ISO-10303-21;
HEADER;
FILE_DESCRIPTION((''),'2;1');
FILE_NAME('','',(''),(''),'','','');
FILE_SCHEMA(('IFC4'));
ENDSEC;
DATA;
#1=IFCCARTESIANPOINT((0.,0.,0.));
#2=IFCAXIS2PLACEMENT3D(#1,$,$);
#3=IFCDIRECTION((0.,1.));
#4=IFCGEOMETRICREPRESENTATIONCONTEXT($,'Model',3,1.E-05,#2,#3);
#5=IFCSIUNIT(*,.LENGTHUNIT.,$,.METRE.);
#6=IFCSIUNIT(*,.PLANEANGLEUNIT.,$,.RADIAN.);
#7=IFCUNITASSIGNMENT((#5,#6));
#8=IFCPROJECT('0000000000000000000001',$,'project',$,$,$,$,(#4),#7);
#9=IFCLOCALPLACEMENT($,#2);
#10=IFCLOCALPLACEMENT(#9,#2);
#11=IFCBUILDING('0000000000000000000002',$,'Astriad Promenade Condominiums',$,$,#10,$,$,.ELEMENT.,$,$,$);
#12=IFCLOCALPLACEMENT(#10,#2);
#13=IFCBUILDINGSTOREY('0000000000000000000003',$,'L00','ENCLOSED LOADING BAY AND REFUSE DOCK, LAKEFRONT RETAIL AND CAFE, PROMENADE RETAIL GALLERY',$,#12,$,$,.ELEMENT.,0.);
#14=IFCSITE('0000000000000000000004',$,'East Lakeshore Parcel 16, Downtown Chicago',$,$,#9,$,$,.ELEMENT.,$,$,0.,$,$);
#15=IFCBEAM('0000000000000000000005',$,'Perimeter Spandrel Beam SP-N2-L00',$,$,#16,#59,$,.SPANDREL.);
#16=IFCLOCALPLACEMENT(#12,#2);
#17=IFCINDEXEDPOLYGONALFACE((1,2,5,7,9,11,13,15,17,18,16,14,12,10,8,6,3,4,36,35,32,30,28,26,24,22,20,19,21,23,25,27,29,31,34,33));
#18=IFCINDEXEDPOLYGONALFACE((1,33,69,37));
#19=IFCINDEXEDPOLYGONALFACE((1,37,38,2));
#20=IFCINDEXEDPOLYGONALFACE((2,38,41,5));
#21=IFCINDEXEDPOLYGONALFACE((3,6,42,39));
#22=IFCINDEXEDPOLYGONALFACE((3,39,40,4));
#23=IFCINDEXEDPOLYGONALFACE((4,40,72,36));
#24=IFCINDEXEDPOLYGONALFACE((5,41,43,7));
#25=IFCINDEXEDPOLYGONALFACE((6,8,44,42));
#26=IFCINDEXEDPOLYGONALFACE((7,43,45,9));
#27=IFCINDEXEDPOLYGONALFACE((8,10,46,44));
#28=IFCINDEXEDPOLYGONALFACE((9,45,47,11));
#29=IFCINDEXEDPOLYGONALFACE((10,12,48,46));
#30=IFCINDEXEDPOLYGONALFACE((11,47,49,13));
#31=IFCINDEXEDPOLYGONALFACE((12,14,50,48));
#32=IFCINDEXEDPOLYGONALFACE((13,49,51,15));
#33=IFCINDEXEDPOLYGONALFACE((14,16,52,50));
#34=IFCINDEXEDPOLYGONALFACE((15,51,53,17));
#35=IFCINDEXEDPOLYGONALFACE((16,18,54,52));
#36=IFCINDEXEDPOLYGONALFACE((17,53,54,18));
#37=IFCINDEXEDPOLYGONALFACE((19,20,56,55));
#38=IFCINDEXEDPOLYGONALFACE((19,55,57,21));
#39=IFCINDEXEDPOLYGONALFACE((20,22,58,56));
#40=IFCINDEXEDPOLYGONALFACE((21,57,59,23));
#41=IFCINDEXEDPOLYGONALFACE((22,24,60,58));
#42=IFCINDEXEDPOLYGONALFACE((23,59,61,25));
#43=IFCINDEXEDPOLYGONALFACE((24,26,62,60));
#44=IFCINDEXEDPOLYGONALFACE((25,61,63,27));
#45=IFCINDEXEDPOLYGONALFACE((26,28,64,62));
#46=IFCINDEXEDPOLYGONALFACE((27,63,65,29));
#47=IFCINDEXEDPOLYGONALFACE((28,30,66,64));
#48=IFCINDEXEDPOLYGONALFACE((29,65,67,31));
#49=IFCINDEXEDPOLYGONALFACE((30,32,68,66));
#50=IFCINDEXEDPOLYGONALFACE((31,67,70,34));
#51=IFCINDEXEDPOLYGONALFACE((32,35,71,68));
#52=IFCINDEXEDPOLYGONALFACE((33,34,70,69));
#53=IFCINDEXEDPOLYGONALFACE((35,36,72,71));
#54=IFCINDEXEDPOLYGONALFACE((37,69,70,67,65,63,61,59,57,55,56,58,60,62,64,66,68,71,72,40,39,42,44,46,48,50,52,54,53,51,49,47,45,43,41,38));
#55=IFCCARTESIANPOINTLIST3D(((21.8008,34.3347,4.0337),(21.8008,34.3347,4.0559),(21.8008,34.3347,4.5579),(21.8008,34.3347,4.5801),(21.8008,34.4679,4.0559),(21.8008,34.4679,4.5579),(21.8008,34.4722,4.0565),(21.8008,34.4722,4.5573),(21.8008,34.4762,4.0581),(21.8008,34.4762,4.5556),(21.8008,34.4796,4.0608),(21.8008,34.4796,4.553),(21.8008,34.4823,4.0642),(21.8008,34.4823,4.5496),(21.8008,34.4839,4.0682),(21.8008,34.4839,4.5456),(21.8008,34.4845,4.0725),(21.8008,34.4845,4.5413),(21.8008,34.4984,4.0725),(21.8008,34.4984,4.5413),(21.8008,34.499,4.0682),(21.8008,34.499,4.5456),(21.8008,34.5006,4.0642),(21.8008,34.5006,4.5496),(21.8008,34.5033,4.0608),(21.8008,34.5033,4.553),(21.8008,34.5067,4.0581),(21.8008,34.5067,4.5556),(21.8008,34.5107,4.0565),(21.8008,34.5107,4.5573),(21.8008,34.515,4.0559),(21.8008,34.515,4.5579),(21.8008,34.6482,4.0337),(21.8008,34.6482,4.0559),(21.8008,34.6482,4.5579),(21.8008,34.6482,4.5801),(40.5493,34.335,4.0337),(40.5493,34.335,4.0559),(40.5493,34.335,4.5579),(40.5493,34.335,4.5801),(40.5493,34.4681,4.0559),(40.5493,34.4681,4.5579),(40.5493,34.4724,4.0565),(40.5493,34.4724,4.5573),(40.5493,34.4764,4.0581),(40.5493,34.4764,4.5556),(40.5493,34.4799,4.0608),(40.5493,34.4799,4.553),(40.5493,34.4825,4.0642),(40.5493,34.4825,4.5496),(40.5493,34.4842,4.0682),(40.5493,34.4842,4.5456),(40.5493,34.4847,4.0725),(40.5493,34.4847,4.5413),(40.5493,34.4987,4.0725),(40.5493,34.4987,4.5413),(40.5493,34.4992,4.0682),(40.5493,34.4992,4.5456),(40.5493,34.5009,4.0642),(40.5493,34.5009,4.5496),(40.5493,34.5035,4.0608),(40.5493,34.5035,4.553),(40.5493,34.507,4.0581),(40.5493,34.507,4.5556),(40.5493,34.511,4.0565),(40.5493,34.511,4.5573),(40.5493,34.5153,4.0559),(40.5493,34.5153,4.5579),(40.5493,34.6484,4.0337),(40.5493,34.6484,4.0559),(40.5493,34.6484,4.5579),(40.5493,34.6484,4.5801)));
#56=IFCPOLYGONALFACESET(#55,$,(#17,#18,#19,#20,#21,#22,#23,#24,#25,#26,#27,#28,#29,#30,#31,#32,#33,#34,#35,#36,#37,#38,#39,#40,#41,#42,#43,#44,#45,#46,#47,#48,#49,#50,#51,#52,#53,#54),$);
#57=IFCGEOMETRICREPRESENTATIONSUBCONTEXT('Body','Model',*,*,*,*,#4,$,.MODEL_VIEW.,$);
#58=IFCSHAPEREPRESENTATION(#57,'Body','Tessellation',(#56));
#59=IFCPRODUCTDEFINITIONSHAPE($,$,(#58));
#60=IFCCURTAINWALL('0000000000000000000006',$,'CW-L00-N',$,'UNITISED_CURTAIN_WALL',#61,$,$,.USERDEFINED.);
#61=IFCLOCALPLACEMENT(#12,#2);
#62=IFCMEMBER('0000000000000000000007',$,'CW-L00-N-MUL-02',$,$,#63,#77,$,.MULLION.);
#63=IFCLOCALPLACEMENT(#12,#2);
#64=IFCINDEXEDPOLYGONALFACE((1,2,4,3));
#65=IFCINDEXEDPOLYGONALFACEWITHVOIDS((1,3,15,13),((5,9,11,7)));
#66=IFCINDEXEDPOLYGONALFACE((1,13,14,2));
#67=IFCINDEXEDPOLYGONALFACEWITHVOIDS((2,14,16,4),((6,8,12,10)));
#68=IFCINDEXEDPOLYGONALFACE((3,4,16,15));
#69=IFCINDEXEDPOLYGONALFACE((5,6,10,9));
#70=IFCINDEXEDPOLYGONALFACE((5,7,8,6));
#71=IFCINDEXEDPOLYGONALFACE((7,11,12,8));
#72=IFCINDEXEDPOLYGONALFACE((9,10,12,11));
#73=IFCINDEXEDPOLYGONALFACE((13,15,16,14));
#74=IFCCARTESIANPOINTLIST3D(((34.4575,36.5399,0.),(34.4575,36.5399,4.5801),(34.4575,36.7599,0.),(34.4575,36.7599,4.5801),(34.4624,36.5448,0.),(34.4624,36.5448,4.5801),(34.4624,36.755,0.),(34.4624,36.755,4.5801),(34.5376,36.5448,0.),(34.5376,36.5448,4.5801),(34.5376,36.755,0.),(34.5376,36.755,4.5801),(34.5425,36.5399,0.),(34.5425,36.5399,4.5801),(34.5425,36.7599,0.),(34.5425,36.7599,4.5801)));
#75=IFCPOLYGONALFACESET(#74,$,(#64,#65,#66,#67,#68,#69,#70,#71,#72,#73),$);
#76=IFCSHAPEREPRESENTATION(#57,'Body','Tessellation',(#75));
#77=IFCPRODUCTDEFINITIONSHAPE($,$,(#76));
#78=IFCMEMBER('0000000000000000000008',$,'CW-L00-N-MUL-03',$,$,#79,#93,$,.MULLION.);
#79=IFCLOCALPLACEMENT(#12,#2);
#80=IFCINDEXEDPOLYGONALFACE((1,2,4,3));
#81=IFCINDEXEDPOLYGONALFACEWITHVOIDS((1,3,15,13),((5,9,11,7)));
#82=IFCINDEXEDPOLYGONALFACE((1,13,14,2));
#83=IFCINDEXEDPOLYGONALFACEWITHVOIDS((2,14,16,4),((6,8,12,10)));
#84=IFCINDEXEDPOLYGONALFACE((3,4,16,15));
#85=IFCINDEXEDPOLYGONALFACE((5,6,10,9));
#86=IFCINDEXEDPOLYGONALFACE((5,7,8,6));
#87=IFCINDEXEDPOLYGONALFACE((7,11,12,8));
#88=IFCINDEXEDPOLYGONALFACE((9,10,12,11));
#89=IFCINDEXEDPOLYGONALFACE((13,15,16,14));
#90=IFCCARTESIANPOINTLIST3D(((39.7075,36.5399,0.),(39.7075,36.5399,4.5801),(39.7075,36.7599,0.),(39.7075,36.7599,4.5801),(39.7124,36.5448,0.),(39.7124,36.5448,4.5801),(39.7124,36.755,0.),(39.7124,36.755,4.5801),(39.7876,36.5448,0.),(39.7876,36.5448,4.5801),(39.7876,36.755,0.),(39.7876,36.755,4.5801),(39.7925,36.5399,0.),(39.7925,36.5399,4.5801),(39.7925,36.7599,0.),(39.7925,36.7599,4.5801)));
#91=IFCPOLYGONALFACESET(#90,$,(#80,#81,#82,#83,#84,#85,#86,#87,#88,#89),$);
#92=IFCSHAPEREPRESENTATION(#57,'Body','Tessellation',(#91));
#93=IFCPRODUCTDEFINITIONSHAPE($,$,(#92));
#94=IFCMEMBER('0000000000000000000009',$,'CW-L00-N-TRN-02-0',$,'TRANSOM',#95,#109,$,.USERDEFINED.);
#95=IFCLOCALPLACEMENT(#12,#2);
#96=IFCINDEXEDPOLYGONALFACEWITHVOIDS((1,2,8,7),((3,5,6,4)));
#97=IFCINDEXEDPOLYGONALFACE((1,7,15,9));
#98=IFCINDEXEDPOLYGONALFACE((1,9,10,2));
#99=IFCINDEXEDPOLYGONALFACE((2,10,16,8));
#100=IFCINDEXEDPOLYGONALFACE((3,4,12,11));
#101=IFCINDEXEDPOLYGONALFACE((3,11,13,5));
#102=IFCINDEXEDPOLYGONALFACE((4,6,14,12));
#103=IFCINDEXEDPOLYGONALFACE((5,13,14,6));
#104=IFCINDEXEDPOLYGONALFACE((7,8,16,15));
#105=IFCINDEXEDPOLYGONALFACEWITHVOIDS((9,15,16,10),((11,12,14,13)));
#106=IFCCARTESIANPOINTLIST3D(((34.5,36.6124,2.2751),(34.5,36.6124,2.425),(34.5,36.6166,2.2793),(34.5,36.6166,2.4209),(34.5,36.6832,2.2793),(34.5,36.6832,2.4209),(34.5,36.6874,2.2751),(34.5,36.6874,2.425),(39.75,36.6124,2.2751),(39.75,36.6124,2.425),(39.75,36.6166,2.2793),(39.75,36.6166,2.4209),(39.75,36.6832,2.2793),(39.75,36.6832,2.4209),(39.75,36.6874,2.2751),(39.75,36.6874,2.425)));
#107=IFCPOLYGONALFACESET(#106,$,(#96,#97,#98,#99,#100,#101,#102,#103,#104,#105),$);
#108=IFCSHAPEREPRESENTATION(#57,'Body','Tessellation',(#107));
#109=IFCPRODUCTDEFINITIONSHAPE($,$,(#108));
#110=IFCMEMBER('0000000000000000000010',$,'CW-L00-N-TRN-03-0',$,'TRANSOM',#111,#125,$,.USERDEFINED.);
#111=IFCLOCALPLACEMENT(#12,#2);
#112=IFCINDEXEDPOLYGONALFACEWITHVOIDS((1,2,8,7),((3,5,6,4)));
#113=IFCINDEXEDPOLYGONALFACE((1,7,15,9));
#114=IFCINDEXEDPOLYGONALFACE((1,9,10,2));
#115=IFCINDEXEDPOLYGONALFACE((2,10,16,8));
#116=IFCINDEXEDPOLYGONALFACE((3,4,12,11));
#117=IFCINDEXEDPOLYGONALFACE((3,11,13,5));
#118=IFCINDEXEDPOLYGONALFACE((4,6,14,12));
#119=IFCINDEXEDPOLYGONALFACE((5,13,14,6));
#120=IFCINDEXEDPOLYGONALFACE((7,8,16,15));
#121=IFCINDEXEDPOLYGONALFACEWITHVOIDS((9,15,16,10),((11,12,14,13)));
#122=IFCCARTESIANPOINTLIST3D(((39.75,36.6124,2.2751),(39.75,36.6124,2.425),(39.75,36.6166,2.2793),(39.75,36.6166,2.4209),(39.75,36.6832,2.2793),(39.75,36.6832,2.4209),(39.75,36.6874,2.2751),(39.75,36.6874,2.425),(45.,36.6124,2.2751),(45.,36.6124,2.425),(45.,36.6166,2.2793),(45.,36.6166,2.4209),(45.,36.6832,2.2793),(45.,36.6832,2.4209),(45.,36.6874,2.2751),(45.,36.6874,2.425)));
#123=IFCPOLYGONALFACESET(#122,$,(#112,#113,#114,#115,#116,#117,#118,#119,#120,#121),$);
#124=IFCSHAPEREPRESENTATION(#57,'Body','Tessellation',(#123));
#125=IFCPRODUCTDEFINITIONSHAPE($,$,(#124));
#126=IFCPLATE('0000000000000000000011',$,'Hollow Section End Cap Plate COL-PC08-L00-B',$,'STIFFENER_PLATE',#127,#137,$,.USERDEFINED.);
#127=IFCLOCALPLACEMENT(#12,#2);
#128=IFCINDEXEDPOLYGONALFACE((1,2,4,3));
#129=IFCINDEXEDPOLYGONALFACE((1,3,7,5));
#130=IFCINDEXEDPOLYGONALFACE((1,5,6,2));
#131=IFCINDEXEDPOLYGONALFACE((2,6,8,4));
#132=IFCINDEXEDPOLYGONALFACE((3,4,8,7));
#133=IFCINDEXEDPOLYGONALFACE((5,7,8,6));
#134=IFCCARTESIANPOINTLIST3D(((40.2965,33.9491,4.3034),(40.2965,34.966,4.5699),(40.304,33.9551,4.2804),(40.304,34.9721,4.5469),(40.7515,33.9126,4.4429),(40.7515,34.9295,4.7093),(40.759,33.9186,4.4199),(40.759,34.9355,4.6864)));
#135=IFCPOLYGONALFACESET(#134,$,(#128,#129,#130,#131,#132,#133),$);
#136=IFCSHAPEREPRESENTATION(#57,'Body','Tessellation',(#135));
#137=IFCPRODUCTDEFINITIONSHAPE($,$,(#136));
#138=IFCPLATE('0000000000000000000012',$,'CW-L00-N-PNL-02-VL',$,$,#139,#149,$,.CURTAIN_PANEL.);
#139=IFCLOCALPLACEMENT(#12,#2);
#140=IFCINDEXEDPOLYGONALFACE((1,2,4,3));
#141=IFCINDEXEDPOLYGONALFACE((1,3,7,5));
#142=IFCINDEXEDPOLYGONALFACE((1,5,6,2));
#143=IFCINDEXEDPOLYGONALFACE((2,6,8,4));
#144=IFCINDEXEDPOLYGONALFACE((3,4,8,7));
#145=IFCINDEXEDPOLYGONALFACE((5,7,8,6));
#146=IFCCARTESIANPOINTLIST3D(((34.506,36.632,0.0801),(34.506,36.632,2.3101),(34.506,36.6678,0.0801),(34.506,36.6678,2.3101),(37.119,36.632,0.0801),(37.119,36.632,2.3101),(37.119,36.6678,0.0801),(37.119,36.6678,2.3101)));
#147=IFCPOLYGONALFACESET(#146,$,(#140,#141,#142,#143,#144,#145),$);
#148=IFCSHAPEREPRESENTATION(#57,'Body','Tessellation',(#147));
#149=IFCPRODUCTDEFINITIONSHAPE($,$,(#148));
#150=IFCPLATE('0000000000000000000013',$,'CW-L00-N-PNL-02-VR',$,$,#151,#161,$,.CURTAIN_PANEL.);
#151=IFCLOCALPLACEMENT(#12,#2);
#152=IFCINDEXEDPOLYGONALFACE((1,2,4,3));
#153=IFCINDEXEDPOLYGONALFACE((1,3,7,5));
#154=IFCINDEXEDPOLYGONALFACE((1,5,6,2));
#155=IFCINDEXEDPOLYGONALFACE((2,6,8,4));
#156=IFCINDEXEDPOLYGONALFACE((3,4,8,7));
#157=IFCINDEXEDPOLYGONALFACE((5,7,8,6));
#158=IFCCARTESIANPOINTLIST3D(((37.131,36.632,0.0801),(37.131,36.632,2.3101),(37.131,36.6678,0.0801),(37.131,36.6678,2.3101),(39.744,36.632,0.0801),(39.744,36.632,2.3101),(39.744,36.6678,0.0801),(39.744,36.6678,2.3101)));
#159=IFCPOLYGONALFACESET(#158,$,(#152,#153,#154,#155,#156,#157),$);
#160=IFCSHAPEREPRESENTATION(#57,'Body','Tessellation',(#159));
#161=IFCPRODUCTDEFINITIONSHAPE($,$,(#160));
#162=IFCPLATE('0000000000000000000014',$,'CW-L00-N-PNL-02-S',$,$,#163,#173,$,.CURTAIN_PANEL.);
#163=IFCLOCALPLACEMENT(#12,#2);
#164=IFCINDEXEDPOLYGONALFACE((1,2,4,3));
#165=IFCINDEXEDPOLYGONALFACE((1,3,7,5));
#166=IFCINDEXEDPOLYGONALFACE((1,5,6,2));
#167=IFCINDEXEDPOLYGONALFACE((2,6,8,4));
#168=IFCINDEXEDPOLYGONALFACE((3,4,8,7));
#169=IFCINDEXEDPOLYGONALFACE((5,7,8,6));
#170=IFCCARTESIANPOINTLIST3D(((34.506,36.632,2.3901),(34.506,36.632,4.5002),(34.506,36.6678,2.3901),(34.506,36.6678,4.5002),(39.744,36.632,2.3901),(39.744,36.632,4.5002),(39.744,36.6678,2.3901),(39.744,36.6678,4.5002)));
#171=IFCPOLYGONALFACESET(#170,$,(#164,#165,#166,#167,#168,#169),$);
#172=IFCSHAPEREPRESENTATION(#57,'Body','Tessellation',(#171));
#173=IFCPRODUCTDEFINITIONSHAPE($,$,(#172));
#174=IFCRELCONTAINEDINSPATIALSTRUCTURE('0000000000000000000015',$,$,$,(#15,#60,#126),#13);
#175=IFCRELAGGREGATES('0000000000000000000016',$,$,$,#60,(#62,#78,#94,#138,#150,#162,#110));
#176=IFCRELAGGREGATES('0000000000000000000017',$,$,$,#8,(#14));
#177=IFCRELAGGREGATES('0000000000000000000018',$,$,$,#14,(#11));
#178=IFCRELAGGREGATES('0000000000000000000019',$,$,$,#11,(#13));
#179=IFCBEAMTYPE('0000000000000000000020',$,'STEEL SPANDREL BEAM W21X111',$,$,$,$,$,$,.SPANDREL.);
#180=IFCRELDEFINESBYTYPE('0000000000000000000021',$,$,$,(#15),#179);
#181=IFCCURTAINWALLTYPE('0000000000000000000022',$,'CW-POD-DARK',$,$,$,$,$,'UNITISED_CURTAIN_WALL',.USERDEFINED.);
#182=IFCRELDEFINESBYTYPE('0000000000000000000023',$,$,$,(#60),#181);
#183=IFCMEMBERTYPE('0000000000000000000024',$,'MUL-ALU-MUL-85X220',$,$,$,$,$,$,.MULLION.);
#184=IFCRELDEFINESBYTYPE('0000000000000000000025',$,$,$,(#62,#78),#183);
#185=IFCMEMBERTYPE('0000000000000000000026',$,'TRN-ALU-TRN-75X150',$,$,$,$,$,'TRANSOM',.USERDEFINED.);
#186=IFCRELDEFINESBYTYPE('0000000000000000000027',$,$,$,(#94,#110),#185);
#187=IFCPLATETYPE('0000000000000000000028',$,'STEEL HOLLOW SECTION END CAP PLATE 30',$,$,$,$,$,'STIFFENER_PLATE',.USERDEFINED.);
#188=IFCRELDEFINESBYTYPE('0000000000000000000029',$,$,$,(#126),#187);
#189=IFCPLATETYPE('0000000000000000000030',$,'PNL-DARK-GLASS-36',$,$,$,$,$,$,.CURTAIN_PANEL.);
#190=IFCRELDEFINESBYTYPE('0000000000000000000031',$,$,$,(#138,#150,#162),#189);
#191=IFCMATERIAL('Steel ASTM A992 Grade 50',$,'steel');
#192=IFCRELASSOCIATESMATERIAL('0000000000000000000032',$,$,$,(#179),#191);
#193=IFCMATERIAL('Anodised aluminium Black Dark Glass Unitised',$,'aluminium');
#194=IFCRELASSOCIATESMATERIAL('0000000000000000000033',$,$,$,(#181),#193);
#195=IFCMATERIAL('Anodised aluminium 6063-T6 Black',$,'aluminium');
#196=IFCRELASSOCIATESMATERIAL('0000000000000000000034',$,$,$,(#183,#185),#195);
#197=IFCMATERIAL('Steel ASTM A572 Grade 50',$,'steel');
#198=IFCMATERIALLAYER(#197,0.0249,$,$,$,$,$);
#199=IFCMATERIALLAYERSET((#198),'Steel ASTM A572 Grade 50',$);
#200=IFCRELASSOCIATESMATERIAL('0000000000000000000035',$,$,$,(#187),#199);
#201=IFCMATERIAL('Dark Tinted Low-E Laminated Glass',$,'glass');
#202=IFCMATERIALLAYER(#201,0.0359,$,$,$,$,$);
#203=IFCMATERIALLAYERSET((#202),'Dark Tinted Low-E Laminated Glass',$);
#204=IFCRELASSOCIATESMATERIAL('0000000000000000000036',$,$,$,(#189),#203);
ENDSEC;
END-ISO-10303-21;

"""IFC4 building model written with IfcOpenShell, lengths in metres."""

from ifc_helpers import new_model, si_unit, direction, frame, origin, origin_2d, place, context, subcontext, project, spatial, rectangle, hollow_rectangle, i_section, extrude, source, transform, mapped, material, layer, layer_set, material_profile, profile_set, type_object, type_shapes, element, aggregate, save


model = new_model("IFC4")

# Units and contexts
model_context = context("Model", 3, precision=1e-05, world=origin(), true_north=direction((0.0, 1.0)))
body_context = subcontext(model_context, "Body", "Model", "MODEL_VIEW")
ifc_project = project(units=[si_unit("LENGTHUNIT", "METRE"), si_unit("PLANEANGLEUNIT", "RADIAN")], contexts=[model_context])

# Site, building, storey
site_placement = place(None, origin())
site = spatial("IfcSite", under=ifc_project, at=site_placement, Name="East Lakeshore Parcel 16, Downtown Chicago", CompositionType="ELEMENT", RefElevation=0.0)
building_placement = place(site_placement, origin())
building = spatial("IfcBuilding", under=site, at=building_placement, Name="Astriad Promenade Condominiums", CompositionType="ELEMENT")
storey_placement = place(building_placement, origin())
storey = spatial("IfcBuildingStorey", under=building, at=storey_placement, Name="L00", Description="ENCLOSED LOADING BAY AND REFUSE DOCK, LAKEFRONT RETAIL AND CAFE, PROMENADE RETAIL GALLERY", CompositionType="ELEMENT", Elevation=0.0)

# Shared definitions
ifc_material_1 = material(Name="Steel ASTM A992 Grade 50", Category="steel")

# Beam
ifc_material_profile_1 = material_profile(ifc_material_1, i_section(OverallWidth=0.3135, OverallDepth=0.5464, WebThickness=0.0139, FlangeThickness=0.0222, FilletRadius=0.0166, at=origin_2d()), Name="W21X111")
ifc_profile_set_1 = profile_set([ifc_material_profile_1], Name="Steel ASTM A992 Grade 50")
beam_type_1 = type_object("IfcBeamType", Name="STEEL SPANDREL BEAM W21X111", PredefinedType="SPANDREL", material=ifc_profile_set_1)
shared_shape_1 = source(origin(), body_context, "Body", "SweptSolid", [
    extrude(i_section(OverallWidth=0.3135, OverallDepth=0.5464, WebThickness=0.0139, FlangeThickness=0.0222, FilletRadius=0.0166, at=origin_2d()), origin(), (0.0, 0.0, 1.0), 18.7485),
])
type_shapes(beam_type_1, [shared_shape_1])
beam_1_placement = place(storey_placement, frame((40.5493, 34.4917, 4.3069), z_axis=(-1.0, -0.000013, 0.0), x_axis=(0.000013, -1.0, 0.0)))
element("IfcBeam", 1, at=beam_1_placement, inside=storey, type_object=beam_type_1, Name="Perimeter Spandrel Beam SP-N2-L00", PredefinedType="SPANDREL", context=body_context, shape_type="MappedRepresentation", body=[
    mapped(shared_shape_1, transform((0.0, 0.0, 0.0), scale=1.0)),
])

# Curtain wall, members
ifc_material_2 = material(Name="Anodised aluminium Black Dark Glass Unitised", Category="aluminium")
curtain_wall_type = type_object("IfcCurtainWallType", Name="CW-POD-DARK", ElementType="UNITISED_CURTAIN_WALL", PredefinedType="USERDEFINED", material=ifc_material_2)
curtain_wall_placement = place(storey_placement, origin())
curtain_wall = element("IfcCurtainWall", 2, at=curtain_wall_placement, inside=storey, type_object=curtain_wall_type, Name="CW-L00-N", ObjectType="UNITISED_CURTAIN_WALL", PredefinedType="USERDEFINED")
ifc_material_3 = material(Name="Anodised aluminium 6063-T6 Black", Category="aluminium")
ifc_material_profile_2 = material_profile(ifc_material_3, hollow_rectangle(XDim=0.085, YDim=0.22, WallThickness=0.0049, at=origin_2d()), Name="ALU-MUL-85X220")
ifc_profile_set_2 = profile_set([ifc_material_profile_2], Name="Anodised aluminium 6063-T6 Black")
member_type_1 = type_object("IfcMemberType", Name="MUL-ALU-MUL-85X220", PredefinedType="MULLION", material=ifc_profile_set_2)
shared_shape_2 = source(origin(), body_context, "Body", "SweptSolid", [
    extrude(hollow_rectangle(XDim=0.085, YDim=0.22, WallThickness=0.0049, at=origin_2d()), origin(), (0.0, 0.0, 1.0), 4.5801),
])
type_shapes(member_type_1, [shared_shape_2])
member_1_placement = place(storey_placement, frame((34.5, 36.6499, 0.0), z_axis=(0.0, 0.0, 1.0), x_axis=(1.0, 0.0, 0.0)))
member_1 = element("IfcMember", 3, at=member_1_placement, type_object=member_type_1, Name="CW-L00-N-MUL-02", PredefinedType="MULLION", context=body_context, shape_type="MappedRepresentation", body=[
    mapped(shared_shape_2, transform((0.0, 0.0, 0.0), scale=1.0)),
])
member_2_placement = place(storey_placement, frame((39.75, 36.6499, 0.0), z_axis=(0.0, 0.0, 1.0), x_axis=(1.0, 0.0, 0.0)))
member_2 = element("IfcMember", 4, at=member_2_placement, type_object=member_type_1, Name="CW-L00-N-MUL-03", PredefinedType="MULLION", context=body_context, shape_type="MappedRepresentation", body=[
    mapped(shared_shape_2, transform((0.0, 0.0, 0.0), scale=1.0)),
])
ifc_material_profile_3 = material_profile(ifc_material_3, hollow_rectangle(XDim=0.075, YDim=0.1499, WallThickness=0.0042, at=origin_2d()), Name="ALU-TRN-75X150")
ifc_profile_set_3 = profile_set([ifc_material_profile_3], Name="Anodised aluminium 6063-T6 Black")
member_type_2 = type_object("IfcMemberType", Name="TRN-ALU-TRN-75X150", ElementType="TRANSOM", PredefinedType="USERDEFINED", material=ifc_profile_set_3)
shared_shape_3 = source(origin(), body_context, "Body", "SweptSolid", [
    extrude(hollow_rectangle(XDim=0.075, YDim=0.1499, WallThickness=0.0042, at=origin_2d()), origin(), (0.0, 0.0, 1.0), 5.25),
])
type_shapes(member_type_2, [shared_shape_3])
member_3_placement = place(storey_placement, frame((34.5, 36.6499, 2.3501), z_axis=(1.0, 0.0, 0.0), x_axis=(0.0, 1.0, 0.0)))
member_3 = element("IfcMember", 5, at=member_3_placement, type_object=member_type_2, Name="CW-L00-N-TRN-02-0", ObjectType="TRANSOM", PredefinedType="USERDEFINED", context=body_context, shape_type="MappedRepresentation", body=[
    mapped(shared_shape_3, transform((0.0, 0.0, 0.0), scale=1.0)),
])
member_4_placement = place(storey_placement, frame((39.75, 36.6499, 2.3501), z_axis=(1.0, 0.0, 0.0), x_axis=(0.0, 1.0, 0.0)))
member_4 = element("IfcMember", 6, at=member_4_placement, type_object=member_type_2, Name="CW-L00-N-TRN-03-0", ObjectType="TRANSOM", PredefinedType="USERDEFINED", context=body_context, shape_type="MappedRepresentation", body=[
    mapped(shared_shape_3, transform((0.0, 0.0, 0.0), scale=1.0)),
])

# Plates
ifc_material_4 = material(Name="Steel ASTM A572 Grade 50", Category="steel")
ifc_layer_1 = layer(ifc_material_4, 0.0249)
ifc_layer_set_1 = layer_set([ifc_layer_1], Name="Steel ASTM A572 Grade 50")
plate_type_1 = type_object("IfcPlateType", Name="STEEL HOLLOW SECTION END CAP PLATE 30", ElementType="STIFFENER_PLATE", PredefinedType="USERDEFINED", material=ifc_layer_set_1)
shared_shape_4 = source(origin(), body_context, "Body", "SweptSolid", [
    extrude(rectangle(XDim=0.4773, YDim=1.0513, at=origin_2d()), origin(), (0.0, 0.0, 1.0), 0.0249),
])
type_shapes(plate_type_1, [shared_shape_4])
plate_1_placement = place(storey_placement, frame((40.5315, 34.4453, 4.4834), z_axis=(-0.302036, -0.24162, 0.922168), x_axis=(1.0, 0.0, 0.0)))
element("IfcPlate", 7, at=plate_1_placement, inside=storey, type_object=plate_type_1, Name="Hollow Section End Cap Plate COL-PC08-L00-B", ObjectType="STIFFENER_PLATE", PredefinedType="USERDEFINED", context=body_context, shape_type="MappedRepresentation", body=[
    mapped(shared_shape_4, transform((0.0, 0.0, 0.0), scale=1.0)),
])
ifc_material_5 = material(Name="Dark Tinted Low-E Laminated Glass", Category="glass")
ifc_layer_2 = layer(ifc_material_5, 0.0359)
ifc_layer_set_2 = layer_set([ifc_layer_2], Name="Dark Tinted Low-E Laminated Glass")
plate_type_2 = type_object("IfcPlateType", Name="PNL-DARK-GLASS-36", PredefinedType="CURTAIN_PANEL", material=ifc_layer_set_2)
shared_shape_5 = source(origin(), body_context, "Body", "SweptSolid", [
    extrude(rectangle(XDim=2.613, YDim=0.0359, at=origin_2d()), origin(), (0.0, 0.0, 1.0), 2.23),
])
plate_2_placement = place(storey_placement, frame((35.8125, 36.6499, 0.0801), z_axis=(0.0, 0.0, 1.0), x_axis=(1.0, 0.0, 0.0)))
plate_2 = element("IfcPlate", 8, at=plate_2_placement, type_object=plate_type_2, Name="CW-L00-N-PNL-02-VL", PredefinedType="CURTAIN_PANEL", context=body_context, shape_type="MappedRepresentation", body=[
    mapped(shared_shape_5, transform((0.0, 0.0, 0.0), scale=1.0)),
])
plate_3_placement = place(storey_placement, frame((38.4375, 36.6499, 0.0801), z_axis=(0.0, 0.0, 1.0), x_axis=(1.0, 0.0, 0.0)))
plate_3 = element("IfcPlate", 9, at=plate_3_placement, type_object=plate_type_2, Name="CW-L00-N-PNL-02-VR", PredefinedType="CURTAIN_PANEL", context=body_context, shape_type="MappedRepresentation", body=[
    mapped(shared_shape_5, transform((0.0, 0.0, 0.0), scale=1.0)),
])
shared_shape_6 = source(origin(), body_context, "Body", "SweptSolid", [
    extrude(rectangle(XDim=5.238, YDim=0.0359, at=origin_2d()), origin(), (0.0, 0.0, 1.0), 2.1101),
])
type_shapes(plate_type_2, [shared_shape_5, shared_shape_6])
plate_4_placement = place(storey_placement, frame((37.125, 36.6499, 2.3901), z_axis=(0.0, 0.0, 1.0), x_axis=(1.0, 0.0, 0.0)))
plate_4 = element("IfcPlate", 10, at=plate_4_placement, type_object=plate_type_2, Name="CW-L00-N-PNL-02-S", PredefinedType="CURTAIN_PANEL", context=body_context, shape_type="MappedRepresentation", body=[
    mapped(shared_shape_6, transform((0.0, 0.0, 0.0), scale=1.0)),
])
aggregate(curtain_wall, [member_1, member_2, member_3, plate_2, plate_3, plate_4, member_4])

save(model, "model.ifc")
